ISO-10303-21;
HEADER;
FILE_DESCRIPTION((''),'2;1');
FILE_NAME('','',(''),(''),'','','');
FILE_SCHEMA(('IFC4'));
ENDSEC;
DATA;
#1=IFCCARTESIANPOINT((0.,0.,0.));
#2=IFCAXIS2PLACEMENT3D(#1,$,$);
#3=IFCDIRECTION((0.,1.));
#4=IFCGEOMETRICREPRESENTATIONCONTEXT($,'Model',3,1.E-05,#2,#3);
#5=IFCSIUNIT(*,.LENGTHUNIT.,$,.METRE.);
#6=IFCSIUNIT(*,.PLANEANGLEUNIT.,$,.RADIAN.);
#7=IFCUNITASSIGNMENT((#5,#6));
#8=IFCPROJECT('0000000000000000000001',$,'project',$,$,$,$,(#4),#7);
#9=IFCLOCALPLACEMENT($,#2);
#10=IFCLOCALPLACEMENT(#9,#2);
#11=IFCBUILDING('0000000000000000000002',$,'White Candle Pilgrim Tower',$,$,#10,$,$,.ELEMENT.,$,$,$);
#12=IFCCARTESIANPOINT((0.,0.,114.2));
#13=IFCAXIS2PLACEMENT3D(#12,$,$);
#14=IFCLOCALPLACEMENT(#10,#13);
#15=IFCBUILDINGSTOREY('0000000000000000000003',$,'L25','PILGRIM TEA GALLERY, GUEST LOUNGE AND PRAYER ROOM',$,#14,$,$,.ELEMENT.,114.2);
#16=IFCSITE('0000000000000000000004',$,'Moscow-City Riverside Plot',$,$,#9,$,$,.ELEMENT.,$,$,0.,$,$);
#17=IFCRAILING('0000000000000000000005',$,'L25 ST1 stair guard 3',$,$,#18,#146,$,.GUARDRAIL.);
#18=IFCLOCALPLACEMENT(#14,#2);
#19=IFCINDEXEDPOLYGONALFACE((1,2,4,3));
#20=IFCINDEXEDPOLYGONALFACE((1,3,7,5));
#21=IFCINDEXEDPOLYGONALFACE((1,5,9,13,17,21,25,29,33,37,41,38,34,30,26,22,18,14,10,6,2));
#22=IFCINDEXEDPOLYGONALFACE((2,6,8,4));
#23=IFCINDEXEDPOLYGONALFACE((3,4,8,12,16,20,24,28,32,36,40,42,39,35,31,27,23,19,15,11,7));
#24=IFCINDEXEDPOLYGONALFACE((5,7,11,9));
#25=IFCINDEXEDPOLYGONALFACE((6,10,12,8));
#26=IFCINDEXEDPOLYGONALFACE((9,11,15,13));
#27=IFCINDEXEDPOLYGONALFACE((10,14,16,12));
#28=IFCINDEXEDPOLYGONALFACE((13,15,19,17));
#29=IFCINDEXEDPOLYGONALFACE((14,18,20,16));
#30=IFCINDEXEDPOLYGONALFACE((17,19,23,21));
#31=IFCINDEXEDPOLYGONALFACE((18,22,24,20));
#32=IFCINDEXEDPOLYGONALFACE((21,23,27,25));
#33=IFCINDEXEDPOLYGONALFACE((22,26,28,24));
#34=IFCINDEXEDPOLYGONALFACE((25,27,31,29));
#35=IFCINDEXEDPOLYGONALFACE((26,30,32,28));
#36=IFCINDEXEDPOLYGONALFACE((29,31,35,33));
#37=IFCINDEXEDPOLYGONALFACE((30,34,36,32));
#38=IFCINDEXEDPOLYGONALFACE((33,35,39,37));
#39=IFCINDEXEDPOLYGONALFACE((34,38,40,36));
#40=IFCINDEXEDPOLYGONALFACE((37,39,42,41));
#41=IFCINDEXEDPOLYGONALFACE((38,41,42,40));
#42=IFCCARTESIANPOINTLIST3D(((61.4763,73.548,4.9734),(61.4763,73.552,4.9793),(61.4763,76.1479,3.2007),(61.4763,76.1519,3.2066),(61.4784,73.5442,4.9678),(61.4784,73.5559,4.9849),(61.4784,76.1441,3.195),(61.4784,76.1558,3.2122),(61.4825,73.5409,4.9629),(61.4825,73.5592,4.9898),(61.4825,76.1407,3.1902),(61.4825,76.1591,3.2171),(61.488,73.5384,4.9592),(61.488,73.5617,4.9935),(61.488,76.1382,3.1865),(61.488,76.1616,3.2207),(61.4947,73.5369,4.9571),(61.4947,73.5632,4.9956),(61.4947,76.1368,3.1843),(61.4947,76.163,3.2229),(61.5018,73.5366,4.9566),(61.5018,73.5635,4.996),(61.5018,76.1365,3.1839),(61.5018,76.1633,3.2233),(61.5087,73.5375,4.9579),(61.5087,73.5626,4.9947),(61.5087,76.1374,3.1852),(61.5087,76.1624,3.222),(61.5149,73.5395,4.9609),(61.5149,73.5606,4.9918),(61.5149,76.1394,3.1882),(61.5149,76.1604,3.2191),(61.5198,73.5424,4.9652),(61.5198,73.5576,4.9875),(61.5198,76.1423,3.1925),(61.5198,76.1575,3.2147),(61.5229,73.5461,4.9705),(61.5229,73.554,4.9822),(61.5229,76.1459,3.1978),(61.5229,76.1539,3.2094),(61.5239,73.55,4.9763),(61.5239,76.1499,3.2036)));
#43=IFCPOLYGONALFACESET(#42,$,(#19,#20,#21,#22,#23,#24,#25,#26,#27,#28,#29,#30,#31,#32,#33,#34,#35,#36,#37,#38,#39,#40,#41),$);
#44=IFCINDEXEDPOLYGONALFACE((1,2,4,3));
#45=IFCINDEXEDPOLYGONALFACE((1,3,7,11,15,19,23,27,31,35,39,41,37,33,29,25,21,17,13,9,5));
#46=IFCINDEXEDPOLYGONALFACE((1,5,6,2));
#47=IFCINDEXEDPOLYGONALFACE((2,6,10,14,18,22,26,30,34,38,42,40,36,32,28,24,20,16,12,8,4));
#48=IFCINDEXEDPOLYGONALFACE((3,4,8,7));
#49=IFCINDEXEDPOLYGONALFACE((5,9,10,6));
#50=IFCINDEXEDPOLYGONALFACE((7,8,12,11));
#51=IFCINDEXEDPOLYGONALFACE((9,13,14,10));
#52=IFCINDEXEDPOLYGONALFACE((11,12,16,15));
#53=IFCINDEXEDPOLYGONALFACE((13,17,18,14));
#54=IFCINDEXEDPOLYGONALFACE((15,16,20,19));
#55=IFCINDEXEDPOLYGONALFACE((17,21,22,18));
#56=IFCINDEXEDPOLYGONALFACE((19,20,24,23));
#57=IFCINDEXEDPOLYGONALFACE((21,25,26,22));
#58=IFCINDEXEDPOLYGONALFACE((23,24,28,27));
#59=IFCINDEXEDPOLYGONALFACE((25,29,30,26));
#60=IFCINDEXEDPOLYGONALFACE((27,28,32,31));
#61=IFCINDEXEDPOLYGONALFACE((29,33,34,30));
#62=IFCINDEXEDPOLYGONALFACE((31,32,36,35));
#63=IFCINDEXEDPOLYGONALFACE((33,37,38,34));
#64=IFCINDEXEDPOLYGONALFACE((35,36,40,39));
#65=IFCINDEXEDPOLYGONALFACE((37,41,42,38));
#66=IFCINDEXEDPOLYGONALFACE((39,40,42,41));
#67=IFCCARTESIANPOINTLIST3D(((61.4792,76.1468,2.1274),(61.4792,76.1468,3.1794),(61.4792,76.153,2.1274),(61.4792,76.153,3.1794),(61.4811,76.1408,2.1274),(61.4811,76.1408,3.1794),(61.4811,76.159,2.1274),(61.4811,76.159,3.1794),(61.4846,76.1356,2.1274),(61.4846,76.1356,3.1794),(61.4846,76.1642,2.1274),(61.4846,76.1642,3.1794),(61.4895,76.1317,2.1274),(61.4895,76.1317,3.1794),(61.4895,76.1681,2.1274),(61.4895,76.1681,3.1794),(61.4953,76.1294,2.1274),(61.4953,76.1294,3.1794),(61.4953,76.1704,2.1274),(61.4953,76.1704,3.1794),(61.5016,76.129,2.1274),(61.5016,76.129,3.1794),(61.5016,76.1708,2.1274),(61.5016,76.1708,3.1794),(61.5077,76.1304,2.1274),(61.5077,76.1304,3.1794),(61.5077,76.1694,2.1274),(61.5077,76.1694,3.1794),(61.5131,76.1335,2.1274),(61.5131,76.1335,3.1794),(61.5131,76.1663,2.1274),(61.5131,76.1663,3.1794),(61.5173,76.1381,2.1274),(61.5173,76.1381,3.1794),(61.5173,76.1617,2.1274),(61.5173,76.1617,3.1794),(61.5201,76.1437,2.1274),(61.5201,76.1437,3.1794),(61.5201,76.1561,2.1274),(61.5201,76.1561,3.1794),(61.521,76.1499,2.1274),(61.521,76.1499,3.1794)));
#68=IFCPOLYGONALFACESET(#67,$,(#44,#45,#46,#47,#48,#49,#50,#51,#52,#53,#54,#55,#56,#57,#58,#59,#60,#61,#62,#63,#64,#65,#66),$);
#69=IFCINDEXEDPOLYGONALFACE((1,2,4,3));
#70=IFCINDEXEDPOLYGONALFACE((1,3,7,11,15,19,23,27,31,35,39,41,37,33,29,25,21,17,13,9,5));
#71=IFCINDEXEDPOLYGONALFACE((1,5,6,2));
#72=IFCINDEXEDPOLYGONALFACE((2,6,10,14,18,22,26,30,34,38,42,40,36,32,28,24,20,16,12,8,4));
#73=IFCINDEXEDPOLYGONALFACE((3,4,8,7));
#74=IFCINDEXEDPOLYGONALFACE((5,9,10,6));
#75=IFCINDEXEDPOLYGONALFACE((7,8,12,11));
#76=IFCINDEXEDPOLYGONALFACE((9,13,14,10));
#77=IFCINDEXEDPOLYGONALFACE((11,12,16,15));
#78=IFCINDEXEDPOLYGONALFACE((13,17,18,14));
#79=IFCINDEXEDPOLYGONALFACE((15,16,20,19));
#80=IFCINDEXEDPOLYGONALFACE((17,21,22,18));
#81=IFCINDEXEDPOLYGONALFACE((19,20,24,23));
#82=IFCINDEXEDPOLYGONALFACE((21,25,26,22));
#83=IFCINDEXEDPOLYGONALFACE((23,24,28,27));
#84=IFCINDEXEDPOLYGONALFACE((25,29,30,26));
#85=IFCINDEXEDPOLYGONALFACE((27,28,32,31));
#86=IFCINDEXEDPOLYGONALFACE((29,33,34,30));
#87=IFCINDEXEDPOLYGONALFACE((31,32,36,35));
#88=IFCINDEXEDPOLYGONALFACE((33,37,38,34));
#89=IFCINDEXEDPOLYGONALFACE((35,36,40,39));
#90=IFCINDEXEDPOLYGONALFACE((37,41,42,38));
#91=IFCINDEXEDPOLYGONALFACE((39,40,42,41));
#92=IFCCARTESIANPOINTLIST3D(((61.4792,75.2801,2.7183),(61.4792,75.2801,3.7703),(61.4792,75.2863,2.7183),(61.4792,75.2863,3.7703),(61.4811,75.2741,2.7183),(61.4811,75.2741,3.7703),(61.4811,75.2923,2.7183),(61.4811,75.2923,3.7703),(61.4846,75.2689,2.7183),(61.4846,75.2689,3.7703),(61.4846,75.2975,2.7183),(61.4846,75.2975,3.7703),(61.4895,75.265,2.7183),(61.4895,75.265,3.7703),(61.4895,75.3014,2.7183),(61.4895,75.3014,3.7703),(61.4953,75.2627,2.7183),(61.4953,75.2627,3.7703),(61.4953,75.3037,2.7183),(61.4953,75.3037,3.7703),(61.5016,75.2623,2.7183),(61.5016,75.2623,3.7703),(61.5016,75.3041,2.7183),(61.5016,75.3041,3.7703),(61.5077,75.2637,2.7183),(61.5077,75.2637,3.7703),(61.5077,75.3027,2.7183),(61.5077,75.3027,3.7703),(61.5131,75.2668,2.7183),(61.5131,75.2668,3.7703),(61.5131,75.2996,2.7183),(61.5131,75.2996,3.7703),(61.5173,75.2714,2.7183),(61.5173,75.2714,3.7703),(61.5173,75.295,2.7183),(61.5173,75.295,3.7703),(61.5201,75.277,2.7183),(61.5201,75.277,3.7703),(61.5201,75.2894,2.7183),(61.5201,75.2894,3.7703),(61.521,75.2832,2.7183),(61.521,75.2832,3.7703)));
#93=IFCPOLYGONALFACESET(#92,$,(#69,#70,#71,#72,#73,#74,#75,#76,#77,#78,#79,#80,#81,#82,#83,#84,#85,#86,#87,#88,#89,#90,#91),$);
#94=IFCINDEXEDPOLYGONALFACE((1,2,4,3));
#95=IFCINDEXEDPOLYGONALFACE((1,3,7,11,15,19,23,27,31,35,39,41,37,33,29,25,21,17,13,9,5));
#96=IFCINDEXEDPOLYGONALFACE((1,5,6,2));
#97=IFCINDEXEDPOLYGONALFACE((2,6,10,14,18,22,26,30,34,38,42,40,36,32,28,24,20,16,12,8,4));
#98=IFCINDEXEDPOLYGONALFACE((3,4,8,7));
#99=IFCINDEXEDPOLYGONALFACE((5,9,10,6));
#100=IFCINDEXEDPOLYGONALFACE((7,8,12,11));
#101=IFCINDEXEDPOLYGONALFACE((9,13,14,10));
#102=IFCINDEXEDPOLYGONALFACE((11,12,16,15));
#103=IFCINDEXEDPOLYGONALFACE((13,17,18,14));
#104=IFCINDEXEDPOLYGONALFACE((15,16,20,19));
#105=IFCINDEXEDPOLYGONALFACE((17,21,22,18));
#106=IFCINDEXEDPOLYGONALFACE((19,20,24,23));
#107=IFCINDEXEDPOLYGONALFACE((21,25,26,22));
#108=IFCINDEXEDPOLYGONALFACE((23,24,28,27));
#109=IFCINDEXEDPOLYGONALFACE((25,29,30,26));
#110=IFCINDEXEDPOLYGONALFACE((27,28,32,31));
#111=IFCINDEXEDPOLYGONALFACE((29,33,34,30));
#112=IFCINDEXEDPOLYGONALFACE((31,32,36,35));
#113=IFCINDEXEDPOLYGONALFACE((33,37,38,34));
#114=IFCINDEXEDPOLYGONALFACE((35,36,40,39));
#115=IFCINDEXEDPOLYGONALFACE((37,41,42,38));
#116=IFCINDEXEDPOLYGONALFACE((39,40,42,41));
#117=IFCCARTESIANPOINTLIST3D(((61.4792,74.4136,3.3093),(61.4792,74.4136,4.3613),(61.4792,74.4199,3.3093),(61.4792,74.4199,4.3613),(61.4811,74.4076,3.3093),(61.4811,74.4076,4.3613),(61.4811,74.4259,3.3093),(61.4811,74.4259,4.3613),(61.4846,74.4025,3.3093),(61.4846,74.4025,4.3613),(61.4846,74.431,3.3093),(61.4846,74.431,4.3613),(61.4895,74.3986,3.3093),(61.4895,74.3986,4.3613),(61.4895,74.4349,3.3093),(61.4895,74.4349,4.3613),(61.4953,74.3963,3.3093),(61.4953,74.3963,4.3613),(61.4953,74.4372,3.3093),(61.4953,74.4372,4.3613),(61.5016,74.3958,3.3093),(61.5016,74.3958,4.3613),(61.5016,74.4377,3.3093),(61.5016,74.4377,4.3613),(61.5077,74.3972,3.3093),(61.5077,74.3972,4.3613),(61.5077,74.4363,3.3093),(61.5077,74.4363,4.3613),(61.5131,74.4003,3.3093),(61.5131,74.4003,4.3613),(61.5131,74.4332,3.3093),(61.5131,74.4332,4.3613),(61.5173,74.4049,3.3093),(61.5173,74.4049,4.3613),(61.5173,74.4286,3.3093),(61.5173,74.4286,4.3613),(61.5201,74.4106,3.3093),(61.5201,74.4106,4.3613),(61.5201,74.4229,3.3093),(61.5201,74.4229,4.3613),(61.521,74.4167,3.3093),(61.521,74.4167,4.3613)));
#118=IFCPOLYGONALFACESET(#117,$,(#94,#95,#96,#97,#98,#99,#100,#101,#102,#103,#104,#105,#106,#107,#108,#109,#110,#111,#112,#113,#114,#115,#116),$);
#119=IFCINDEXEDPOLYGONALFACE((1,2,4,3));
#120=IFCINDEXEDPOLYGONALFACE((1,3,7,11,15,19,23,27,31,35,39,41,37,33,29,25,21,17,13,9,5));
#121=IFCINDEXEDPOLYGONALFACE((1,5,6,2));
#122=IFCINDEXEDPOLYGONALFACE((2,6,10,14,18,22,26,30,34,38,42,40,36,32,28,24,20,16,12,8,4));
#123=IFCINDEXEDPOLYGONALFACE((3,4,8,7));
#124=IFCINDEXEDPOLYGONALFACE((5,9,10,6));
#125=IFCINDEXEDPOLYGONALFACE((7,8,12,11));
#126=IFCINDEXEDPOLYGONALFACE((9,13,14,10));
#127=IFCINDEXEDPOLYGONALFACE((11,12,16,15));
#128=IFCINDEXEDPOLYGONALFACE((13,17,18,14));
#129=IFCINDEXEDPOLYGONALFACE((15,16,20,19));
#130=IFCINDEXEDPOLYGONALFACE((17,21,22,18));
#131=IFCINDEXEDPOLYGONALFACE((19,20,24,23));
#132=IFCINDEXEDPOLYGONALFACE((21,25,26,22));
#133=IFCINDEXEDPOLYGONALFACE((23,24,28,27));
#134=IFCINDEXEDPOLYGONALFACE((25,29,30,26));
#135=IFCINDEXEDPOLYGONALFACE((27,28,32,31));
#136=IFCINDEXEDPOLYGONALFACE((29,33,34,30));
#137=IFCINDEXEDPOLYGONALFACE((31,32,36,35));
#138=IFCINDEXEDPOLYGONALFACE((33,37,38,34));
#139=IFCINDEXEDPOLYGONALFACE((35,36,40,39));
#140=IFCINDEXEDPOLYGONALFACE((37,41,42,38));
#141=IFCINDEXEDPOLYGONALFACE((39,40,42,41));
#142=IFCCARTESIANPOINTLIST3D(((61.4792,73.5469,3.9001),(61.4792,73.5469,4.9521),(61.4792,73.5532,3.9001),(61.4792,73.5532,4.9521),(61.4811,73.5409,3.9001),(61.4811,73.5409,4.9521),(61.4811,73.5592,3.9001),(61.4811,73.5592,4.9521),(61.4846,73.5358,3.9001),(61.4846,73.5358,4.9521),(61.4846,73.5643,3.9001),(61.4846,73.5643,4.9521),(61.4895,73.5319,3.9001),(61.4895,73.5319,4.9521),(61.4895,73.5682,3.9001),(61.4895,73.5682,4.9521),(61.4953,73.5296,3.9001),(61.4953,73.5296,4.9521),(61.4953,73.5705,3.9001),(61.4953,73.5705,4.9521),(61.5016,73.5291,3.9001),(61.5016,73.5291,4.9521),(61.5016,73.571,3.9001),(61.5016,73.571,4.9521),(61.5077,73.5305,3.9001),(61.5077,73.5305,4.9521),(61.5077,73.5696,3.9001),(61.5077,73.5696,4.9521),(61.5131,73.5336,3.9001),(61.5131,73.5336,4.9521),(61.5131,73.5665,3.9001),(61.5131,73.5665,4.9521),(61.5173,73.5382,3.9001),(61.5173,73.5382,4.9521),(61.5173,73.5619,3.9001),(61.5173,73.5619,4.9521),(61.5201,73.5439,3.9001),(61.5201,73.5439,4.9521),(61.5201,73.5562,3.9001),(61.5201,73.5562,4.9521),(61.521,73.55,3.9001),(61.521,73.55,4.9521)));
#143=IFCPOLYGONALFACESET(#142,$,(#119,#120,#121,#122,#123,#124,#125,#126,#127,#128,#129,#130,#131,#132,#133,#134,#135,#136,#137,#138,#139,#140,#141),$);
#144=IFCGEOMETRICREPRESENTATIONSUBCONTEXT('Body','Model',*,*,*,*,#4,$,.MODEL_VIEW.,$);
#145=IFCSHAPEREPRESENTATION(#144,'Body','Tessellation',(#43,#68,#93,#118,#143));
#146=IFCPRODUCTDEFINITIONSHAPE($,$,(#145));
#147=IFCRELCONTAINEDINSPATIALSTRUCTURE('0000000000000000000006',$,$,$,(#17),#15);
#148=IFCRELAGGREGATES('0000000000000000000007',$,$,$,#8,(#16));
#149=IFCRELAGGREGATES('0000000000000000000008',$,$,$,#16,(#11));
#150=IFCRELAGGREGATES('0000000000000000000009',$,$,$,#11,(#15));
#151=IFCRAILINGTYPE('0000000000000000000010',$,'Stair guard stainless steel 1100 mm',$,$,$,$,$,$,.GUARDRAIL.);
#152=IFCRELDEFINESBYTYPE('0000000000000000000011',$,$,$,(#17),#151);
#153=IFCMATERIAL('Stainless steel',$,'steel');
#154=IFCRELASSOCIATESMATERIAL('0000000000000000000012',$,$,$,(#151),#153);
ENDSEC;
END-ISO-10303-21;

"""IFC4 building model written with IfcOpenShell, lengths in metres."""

from ifc_helpers import new_model, si_unit, direction, frame, origin, origin_2d, place, context, subcontext, project, spatial, circle, extrude, material, type_object, element, save


model = new_model("IFC4")

# Units and contexts
model_context = context("Model", 3, precision=1e-05, world=origin(), true_north=direction((0.0, 1.0)))
body_context = subcontext(model_context, "Body", "Model", "MODEL_VIEW")
ifc_project = project(units=[si_unit("LENGTHUNIT", "METRE"), si_unit("PLANEANGLEUNIT", "RADIAN")], contexts=[model_context])

# Site, building, storey
site_placement = place(None, origin())
site = spatial("IfcSite", under=ifc_project, at=site_placement, Name="Moscow-City Riverside Plot", CompositionType="ELEMENT", RefElevation=0.0)
building_placement = place(site_placement, origin())
building = spatial("IfcBuilding", under=site, at=building_placement, Name="White Candle Pilgrim Tower", CompositionType="ELEMENT")
storey_placement = place(building_placement, frame((0.0, 0.0, 114.2)))
storey = spatial("IfcBuildingStorey", under=building, at=storey_placement, Name="L25", Description="PILGRIM TEA GALLERY, GUEST LOUNGE AND PRAYER ROOM", CompositionType="ELEMENT", Elevation=114.2)

# Railing
ifc_material_1 = material(Name="Stainless steel", Category="steel")
railing_type_1 = type_object("IfcRailingType", Name="Stair guard stainless steel 1100 mm", PredefinedType="GUARDRAIL", material=ifc_material_1)
railing_1_placement = place(storey_placement, frame((61.5, 76.1499, 2.1274)))
element("IfcRailing", 1, at=railing_1_placement, inside=storey, type_object=railing_type_1, Name="L25 ST1 stair guard 3", PredefinedType="GUARDRAIL", context=body_context, shape_type="SweptSolid", body=[
    extrude(circle(Radius=0.0239, at=origin_2d()), frame((0.0, 0.0, 1.0762), z_axis=(0.0, -0.826216, 0.563354), x_axis=(1.0, 0.0, 0.0)), (0.0, 0.0, 1.0), 3.1467),
    extrude(circle(Radius=0.021, at=origin_2d()), origin(), (0.0, 0.0, 1.0), 1.052),
    extrude(circle(Radius=0.021, at=origin_2d()), frame((0.0, -0.8667, 0.5908)), (0.0, 0.0, 1.0), 1.052),
    extrude(circle(Radius=0.021, at=origin_2d()), frame((0.0, -1.7332, 1.1819)), (0.0, 0.0, 1.0), 1.052),
    extrude(circle(Radius=0.021, at=origin_2d()), frame((0.0, -2.5999, 1.7727)), (0.0, 0.0, 1.0), 1.052),
])

save(model, "model.ifc")
